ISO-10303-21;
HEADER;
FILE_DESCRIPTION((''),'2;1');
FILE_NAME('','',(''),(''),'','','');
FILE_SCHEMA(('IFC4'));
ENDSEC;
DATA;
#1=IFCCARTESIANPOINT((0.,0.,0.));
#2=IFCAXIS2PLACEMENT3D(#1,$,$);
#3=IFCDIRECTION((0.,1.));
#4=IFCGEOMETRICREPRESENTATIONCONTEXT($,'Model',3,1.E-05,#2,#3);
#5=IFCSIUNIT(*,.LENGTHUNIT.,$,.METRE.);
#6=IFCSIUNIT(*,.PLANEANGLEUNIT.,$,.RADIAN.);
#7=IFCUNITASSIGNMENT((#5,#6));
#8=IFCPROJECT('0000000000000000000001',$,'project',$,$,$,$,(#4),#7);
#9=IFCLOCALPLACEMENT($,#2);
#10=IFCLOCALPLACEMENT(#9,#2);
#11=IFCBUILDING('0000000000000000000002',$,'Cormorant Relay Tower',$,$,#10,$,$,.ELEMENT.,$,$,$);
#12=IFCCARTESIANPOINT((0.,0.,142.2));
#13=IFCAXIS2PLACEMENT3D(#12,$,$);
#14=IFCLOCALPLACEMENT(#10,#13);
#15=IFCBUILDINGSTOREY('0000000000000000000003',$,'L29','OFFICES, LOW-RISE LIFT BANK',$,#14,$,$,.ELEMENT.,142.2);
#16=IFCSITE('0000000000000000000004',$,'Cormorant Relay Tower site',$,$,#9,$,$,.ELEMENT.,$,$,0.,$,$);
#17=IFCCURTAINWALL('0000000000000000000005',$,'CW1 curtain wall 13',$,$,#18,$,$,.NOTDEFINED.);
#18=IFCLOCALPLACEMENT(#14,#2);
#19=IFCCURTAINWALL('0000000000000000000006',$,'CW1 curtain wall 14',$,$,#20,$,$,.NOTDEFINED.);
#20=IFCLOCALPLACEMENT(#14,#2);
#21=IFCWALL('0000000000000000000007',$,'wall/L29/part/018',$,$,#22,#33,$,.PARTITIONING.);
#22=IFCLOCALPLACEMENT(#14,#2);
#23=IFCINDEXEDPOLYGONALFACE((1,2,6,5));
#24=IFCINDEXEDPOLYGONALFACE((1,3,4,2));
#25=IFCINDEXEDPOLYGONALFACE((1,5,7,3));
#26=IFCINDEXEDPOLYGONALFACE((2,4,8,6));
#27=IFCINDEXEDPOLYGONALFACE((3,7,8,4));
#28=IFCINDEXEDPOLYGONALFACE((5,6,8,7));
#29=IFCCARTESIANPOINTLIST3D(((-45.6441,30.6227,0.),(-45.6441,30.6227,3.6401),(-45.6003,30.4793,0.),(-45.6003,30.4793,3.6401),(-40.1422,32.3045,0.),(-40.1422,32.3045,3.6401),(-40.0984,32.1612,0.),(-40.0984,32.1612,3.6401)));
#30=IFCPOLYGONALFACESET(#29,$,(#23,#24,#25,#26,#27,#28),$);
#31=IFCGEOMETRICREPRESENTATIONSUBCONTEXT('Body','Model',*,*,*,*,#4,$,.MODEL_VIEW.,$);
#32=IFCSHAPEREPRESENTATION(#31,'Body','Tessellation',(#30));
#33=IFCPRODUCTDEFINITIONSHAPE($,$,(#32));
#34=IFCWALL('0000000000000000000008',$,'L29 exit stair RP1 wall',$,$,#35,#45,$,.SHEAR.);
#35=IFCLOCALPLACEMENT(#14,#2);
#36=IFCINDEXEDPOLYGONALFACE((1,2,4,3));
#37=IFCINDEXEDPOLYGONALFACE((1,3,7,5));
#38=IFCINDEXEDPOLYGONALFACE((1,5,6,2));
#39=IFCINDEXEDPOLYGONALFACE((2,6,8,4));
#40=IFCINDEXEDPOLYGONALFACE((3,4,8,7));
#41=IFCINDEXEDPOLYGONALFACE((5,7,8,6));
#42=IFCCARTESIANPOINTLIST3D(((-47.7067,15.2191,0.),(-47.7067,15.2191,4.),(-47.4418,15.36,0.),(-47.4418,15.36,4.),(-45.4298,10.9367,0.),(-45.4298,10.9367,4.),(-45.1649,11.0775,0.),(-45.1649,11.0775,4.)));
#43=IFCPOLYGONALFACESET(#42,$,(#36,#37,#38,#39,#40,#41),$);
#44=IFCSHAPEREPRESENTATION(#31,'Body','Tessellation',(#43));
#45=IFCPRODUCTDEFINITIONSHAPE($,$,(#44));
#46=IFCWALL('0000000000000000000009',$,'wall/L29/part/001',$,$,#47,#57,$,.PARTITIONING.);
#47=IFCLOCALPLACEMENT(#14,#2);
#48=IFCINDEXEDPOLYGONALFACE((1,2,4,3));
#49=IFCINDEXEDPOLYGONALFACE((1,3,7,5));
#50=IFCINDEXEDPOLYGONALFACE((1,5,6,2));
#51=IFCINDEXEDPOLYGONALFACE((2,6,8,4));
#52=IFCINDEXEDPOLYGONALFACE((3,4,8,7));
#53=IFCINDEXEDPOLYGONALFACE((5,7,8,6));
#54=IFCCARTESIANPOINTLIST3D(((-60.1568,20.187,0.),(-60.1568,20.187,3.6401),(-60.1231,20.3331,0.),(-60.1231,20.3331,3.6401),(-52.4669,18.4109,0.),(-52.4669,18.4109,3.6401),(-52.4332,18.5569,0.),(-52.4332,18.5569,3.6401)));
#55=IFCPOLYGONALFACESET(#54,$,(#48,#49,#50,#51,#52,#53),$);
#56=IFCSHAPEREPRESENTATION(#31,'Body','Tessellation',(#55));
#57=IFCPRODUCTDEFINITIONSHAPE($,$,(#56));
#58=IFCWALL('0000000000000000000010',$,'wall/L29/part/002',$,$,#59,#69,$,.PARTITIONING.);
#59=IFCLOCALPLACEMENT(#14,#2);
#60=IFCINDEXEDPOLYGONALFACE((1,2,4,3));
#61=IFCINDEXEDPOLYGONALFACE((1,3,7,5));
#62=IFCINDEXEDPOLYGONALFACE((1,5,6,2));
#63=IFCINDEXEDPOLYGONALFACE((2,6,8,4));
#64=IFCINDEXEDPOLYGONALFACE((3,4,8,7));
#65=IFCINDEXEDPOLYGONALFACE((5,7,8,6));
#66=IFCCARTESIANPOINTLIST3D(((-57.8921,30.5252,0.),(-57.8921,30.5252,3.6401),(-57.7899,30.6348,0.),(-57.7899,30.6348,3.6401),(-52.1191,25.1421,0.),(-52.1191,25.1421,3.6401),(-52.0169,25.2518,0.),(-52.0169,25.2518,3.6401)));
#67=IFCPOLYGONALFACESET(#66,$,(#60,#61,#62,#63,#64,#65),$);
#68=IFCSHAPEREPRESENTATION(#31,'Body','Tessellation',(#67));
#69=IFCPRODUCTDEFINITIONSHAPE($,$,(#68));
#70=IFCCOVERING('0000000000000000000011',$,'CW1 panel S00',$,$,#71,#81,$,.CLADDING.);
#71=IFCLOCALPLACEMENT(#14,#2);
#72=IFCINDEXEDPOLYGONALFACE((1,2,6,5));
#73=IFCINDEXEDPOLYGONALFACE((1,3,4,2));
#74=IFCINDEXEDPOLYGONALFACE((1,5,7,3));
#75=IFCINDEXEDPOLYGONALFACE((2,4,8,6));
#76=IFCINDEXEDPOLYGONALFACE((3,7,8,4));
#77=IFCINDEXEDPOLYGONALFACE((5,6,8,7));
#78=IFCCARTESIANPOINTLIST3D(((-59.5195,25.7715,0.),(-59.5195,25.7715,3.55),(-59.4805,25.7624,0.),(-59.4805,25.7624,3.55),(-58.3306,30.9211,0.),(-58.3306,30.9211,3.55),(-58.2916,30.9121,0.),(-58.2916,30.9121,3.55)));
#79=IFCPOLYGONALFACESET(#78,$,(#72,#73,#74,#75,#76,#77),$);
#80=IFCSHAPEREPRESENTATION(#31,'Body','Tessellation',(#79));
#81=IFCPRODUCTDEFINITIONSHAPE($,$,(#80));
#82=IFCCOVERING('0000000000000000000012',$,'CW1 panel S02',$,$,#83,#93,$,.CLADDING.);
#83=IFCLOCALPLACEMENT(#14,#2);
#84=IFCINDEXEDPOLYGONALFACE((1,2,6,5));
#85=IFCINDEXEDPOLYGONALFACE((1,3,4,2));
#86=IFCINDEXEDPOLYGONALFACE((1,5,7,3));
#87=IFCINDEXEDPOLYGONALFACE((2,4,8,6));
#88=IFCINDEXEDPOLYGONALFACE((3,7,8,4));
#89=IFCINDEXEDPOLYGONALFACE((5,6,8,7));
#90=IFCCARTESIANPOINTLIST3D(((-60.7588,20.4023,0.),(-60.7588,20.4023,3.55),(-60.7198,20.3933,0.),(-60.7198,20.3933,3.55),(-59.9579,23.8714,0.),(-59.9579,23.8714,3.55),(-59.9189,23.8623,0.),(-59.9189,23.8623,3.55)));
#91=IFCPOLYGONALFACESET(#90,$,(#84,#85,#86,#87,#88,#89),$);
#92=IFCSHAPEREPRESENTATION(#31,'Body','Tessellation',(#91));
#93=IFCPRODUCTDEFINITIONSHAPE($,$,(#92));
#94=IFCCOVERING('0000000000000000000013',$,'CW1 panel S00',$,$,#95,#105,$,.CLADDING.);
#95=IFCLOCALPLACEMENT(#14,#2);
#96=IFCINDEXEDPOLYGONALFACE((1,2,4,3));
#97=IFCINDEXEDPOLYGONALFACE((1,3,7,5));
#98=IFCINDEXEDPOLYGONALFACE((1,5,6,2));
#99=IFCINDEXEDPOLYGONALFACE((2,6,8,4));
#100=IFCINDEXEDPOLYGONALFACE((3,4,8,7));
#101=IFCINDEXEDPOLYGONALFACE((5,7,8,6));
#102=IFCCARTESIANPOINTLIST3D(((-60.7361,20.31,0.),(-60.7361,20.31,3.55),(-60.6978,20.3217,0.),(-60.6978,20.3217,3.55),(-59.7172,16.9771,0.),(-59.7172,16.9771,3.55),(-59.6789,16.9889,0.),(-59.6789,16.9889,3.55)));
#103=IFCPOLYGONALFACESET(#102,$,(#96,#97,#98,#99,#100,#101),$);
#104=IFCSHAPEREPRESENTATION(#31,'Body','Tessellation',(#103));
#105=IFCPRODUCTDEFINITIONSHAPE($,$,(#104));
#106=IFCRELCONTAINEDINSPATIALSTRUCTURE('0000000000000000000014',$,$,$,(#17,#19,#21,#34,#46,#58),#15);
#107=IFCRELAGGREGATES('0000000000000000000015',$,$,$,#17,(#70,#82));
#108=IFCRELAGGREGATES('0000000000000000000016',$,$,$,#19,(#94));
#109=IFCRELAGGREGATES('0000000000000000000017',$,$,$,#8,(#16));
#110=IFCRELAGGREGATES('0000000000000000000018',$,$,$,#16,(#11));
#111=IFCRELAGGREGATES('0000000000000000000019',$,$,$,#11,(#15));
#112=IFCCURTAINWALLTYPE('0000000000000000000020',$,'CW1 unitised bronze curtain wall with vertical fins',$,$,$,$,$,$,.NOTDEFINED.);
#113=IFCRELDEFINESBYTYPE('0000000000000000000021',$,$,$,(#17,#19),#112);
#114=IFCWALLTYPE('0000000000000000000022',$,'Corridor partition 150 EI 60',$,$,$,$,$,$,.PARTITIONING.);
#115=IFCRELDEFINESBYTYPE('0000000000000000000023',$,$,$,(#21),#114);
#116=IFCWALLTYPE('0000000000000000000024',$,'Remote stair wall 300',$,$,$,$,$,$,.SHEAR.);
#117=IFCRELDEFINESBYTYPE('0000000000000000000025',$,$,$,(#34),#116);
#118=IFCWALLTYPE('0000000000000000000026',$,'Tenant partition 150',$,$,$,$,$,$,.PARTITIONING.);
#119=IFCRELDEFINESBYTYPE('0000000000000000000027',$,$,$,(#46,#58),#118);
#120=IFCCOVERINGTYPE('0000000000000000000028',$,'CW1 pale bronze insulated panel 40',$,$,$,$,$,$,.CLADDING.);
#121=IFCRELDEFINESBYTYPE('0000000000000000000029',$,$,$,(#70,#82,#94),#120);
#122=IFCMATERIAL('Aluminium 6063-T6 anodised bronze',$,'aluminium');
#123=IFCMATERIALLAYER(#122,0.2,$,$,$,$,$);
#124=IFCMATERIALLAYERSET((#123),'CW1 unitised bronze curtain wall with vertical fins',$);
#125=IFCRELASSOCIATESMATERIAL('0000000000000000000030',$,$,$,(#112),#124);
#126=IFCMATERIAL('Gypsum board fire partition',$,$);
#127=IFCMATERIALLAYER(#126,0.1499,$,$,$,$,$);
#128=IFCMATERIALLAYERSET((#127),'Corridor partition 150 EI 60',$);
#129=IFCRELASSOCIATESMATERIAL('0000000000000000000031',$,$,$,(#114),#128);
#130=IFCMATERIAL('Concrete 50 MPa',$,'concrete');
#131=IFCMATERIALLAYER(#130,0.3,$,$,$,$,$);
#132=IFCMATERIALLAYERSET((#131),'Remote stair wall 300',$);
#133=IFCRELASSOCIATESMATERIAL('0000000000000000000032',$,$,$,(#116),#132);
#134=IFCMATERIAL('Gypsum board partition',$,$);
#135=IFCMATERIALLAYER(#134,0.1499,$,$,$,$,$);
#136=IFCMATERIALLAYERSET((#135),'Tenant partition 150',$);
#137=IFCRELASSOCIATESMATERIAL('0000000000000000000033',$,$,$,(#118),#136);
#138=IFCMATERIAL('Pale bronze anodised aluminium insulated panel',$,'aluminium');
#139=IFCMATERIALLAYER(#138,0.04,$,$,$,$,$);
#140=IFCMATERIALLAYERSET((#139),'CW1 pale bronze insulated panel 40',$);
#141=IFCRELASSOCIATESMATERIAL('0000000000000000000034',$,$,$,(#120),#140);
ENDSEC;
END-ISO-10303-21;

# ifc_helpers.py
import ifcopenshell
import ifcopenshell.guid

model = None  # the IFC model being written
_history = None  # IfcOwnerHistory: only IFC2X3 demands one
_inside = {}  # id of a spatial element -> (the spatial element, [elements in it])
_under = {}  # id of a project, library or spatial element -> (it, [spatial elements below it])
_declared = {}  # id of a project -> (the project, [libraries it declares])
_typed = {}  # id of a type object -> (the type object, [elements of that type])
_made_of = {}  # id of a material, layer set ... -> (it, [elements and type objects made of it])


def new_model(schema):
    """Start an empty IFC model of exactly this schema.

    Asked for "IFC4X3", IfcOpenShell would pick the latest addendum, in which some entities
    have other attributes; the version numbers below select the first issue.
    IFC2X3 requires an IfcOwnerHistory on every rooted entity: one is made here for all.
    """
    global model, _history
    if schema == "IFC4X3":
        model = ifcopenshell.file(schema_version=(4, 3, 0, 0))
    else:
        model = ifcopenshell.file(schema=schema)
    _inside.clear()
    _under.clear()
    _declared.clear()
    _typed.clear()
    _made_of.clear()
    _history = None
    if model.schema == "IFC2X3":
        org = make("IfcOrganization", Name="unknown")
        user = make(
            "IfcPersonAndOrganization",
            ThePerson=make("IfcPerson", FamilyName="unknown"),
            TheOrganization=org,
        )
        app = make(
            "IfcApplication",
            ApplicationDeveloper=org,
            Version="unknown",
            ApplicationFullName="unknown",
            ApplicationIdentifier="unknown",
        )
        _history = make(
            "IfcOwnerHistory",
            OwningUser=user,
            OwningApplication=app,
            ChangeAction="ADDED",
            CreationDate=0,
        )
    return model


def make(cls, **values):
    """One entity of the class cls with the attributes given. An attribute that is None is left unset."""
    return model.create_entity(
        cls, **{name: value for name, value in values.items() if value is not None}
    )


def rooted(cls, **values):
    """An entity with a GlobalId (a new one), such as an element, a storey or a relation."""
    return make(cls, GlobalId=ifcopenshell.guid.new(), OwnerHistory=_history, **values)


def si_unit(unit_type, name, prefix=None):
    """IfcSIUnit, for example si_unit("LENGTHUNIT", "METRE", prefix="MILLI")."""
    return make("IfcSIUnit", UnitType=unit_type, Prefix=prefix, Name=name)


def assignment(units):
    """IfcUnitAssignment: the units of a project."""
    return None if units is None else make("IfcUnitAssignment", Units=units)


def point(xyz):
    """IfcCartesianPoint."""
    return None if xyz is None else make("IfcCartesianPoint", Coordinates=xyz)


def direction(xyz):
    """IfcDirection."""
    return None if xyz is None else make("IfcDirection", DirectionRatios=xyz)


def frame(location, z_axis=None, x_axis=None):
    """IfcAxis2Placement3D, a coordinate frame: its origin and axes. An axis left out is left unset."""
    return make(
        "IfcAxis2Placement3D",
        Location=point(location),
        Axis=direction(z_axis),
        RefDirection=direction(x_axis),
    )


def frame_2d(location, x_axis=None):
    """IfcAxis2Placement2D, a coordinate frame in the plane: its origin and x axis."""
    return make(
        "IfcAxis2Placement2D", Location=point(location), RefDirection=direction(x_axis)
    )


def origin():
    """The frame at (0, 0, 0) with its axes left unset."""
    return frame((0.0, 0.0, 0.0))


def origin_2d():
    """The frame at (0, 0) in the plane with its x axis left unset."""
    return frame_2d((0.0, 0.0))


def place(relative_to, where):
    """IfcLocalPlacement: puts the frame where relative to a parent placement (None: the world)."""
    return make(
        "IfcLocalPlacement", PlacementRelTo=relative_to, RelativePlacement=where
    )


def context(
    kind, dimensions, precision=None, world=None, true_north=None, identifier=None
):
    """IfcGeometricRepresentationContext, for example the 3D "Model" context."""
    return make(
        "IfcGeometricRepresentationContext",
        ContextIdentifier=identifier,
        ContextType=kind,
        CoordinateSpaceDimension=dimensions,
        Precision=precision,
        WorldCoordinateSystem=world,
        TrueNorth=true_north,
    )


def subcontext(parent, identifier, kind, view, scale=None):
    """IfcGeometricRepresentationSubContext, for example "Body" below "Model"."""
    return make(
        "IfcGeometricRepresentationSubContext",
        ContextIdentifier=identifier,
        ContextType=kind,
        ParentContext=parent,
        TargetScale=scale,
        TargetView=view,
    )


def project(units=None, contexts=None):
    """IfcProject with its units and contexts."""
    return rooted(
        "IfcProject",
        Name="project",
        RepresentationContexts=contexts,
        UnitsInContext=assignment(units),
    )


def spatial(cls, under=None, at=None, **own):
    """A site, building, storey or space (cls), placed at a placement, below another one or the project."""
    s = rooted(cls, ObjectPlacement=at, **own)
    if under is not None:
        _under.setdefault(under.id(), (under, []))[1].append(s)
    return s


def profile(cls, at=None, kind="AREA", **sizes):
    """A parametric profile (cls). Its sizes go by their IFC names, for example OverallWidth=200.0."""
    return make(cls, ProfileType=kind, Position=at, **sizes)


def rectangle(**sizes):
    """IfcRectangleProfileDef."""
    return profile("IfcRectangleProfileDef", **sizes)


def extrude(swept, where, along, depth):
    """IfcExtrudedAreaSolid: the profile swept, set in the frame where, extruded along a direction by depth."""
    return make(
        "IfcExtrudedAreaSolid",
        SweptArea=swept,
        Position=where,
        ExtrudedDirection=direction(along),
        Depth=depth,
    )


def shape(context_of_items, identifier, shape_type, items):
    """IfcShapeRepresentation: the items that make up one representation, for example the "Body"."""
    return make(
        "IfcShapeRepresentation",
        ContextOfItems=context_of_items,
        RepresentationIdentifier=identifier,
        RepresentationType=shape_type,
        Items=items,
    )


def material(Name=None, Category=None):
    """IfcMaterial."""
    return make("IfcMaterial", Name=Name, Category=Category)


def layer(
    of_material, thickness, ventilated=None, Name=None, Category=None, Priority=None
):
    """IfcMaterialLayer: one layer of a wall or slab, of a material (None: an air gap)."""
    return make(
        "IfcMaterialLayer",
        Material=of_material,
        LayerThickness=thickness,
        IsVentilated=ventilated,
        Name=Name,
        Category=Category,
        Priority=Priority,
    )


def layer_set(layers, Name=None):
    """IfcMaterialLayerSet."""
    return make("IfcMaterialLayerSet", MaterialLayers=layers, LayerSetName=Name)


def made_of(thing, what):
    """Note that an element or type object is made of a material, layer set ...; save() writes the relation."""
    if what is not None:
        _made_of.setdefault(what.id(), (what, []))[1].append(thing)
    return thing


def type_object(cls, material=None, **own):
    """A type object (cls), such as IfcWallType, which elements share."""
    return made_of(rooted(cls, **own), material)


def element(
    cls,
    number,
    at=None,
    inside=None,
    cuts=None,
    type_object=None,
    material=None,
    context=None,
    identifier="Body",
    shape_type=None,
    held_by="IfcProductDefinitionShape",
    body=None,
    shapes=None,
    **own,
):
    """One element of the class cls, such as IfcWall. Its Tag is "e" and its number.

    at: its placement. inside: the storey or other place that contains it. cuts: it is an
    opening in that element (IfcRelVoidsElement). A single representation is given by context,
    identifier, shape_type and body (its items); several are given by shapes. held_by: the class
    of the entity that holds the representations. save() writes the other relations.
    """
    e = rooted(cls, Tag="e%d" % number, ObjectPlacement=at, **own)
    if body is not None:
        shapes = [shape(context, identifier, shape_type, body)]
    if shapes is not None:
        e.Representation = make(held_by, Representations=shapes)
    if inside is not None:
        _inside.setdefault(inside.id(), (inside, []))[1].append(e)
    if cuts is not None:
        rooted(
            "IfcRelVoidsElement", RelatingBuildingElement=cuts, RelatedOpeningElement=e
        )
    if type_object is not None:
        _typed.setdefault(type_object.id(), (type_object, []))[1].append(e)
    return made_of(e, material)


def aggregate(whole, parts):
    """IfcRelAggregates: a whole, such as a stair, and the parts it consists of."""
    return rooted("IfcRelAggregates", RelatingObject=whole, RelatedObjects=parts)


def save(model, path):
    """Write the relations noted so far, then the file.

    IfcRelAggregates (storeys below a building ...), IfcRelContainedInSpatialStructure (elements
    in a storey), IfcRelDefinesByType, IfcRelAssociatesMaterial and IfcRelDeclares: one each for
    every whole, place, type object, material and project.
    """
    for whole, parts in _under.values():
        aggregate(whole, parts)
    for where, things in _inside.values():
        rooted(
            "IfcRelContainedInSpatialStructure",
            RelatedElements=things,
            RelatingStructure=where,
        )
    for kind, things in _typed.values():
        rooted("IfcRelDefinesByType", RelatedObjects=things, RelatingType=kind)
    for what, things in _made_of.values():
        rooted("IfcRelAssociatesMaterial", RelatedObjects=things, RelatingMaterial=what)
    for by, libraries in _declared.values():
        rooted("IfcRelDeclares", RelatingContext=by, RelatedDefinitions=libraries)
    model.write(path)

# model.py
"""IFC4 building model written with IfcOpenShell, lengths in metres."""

from ifc_helpers import new_model, si_unit, direction, frame, frame_2d, origin, origin_2d, place, context, subcontext, project, spatial, rectangle, extrude, material, layer, layer_set, type_object, element, aggregate, save


model = new_model("IFC4")

# Units and contexts
model_context = context("Model", 3, precision=1e-05, world=origin(), true_north=direction((0.0, 1.0)))
body_context = subcontext(model_context, "Body", "Model", "MODEL_VIEW")
ifc_project = project(units=[si_unit("LENGTHUNIT", "METRE"), si_unit("PLANEANGLEUNIT", "RADIAN")], contexts=[model_context])

# Site, building, storey
site_placement = place(None, origin())
site = spatial("IfcSite", under=ifc_project, at=site_placement, Name="Cormorant Relay Tower site", CompositionType="ELEMENT", RefElevation=0.0)
building_placement = place(site_placement, origin())
building = spatial("IfcBuilding", under=site, at=building_placement, Name="Cormorant Relay Tower", CompositionType="ELEMENT")
storey_placement = place(building_placement, frame((0.0, 0.0, 142.2)))
storey = spatial("IfcBuildingStorey", under=building, at=storey_placement, Name="L29", Description="OFFICES, LOW-RISE LIFT BANK", CompositionType="ELEMENT", Elevation=142.2)

# Curtain walls
ifc_material_1 = material(Name="Aluminium 6063-T6 anodised bronze", Category="aluminium")
ifc_layer_1 = layer(ifc_material_1, 0.2)
ifc_layer_set_1 = layer_set([ifc_layer_1], Name="CW1 unitised bronze curtain wall with vertical fins")
curtain_wall_type = type_object("IfcCurtainWallType", Name="CW1 unitised bronze curtain wall with vertical fins", PredefinedType="NOTDEFINED", material=ifc_layer_set_1)
curtain_wall_1_placement = place(storey_placement, origin())
curtain_wall_1 = element("IfcCurtainWall", 1, at=curtain_wall_1_placement, inside=storey, type_object=curtain_wall_type, Name="CW1 curtain wall 13", PredefinedType="NOTDEFINED")
curtain_wall_2_placement = place(storey_placement, origin())
curtain_wall_2 = element("IfcCurtainWall", 2, at=curtain_wall_2_placement, inside=storey, type_object=curtain_wall_type, Name="CW1 curtain wall 14", PredefinedType="NOTDEFINED")

# Shared definitions
ifc_material_2 = material(Name="Gypsum board fire partition")
ifc_layer_2 = layer(ifc_material_2, 0.1499)
ifc_layer_set_2 = layer_set([ifc_layer_2], Name="Corridor partition 150 EI 60")
wall_type_1 = type_object("IfcWallType", Name="Corridor partition 150 EI 60", PredefinedType="PARTITIONING", material=ifc_layer_set_2)

# Walls
wall_1_placement = place(storey_placement, frame((-45.6221, 30.551, 0.0), z_axis=(0.0, 0.0, 1.0), x_axis=(0.956316, 0.292335, 0.0)))
element("IfcWall", 3, at=wall_1_placement, inside=storey, type_object=wall_type_1, Name="wall/L29/part/018", PredefinedType="PARTITIONING", context=body_context, shape_type="SweptSolid", body=[
    extrude(rectangle(XDim=5.7532, YDim=0.1499, at=frame_2d((2.8765, 0.0))), origin(), (0.0, 0.0, 1.0), 3.6401),
])
ifc_material_3 = material(Name="Concrete 50 MPa", Category="concrete")
ifc_layer_3 = layer(ifc_material_3, 0.3)
ifc_layer_set_3 = layer_set([ifc_layer_3], Name="Remote stair wall 300")
wall_type_2 = type_object("IfcWallType", Name="Remote stair wall 300", PredefinedType="SHEAR", material=ifc_layer_set_3)
wall_2_placement = place(storey_placement, frame((-47.5742, 15.2896, 0.0), z_axis=(0.0, 0.0, 1.0), x_axis=(0.469443, -0.882963, 0.0)))
element("IfcWall", 4, at=wall_2_placement, inside=storey, type_object=wall_type_2, Name="L29 exit stair RP1 wall", PredefinedType="SHEAR", context=body_context, shape_type="SweptSolid", body=[
    extrude(rectangle(XDim=4.8501, YDim=0.3, at=frame_2d((2.425, 0.0))), origin(), (0.0, 0.0, 1.0), 4.0),
])
ifc_material_4 = material(Name="Gypsum board partition")
ifc_layer_4 = layer(ifc_material_4, 0.1499)
ifc_layer_set_4 = layer_set([ifc_layer_4], Name="Tenant partition 150")
wall_type_3 = type_object("IfcWallType", Name="Tenant partition 150", PredefinedType="PARTITIONING", material=ifc_layer_set_4)
wall_3_placement = place(storey_placement, frame((-52.45, 18.4839, 0.0), z_axis=(0.0, 0.0, 1.0), x_axis=(-0.974349, 0.225042, 0.0)))
element("IfcWall", 5, at=wall_3_placement, inside=storey, type_object=wall_type_3, Name="wall/L29/part/001", PredefinedType="PARTITIONING", context=body_context, shape_type="SweptSolid", body=[
    extrude(rectangle(XDim=7.8923, YDim=0.1499, at=frame_2d((3.9463, 0.0))), origin(), (0.0, 0.0, 1.0), 3.6401),
])
wall_4_placement = place(storey_placement, frame((-57.8411, 30.5801, 0.0), z_axis=(0.0, 0.0, 1.0), x_axis=(0.731373, -0.681978, 0.0)))
element("IfcWall", 6, at=wall_4_placement, inside=storey, type_object=wall_type_3, Name="wall/L29/part/002", PredefinedType="PARTITIONING", context=body_context, shape_type="SweptSolid", body=[
    extrude(rectangle(XDim=7.8933, YDim=0.1499, at=frame_2d((3.9468, 0.0))), origin(), (0.0, 0.0, 1.0), 3.6401),
])

# Coverings
ifc_material_5 = material(Name="Pale bronze anodised aluminium insulated panel", Category="aluminium")
ifc_layer_5 = layer(ifc_material_5, 0.04)
ifc_layer_set_5 = layer_set([ifc_layer_5], Name="CW1 pale bronze insulated panel 40")
covering_type = type_object("IfcCoveringType", Name="CW1 pale bronze insulated panel 40", PredefinedType="CLADDING", material=ifc_layer_set_5)
covering_1_placement = place(storey_placement, frame((-58.9055, 28.3418, 0.0), z_axis=(0.0, 0.0, 1.0), x_axis=(-0.224951, -0.97437, 0.0)))
covering_1 = element("IfcCovering", 7, at=covering_1_placement, type_object=covering_type, Name="CW1 panel S00", PredefinedType="CLADDING", context=body_context, shape_type="SweptSolid", body=[
    extrude(rectangle(XDim=5.2852, YDim=0.04, at=origin_2d()), origin(), (0.0, 0.0, 1.0), 3.55),
])
covering_2_placement = place(storey_placement, frame((-60.3389, 22.1323, 0.0), z_axis=(0.0, 0.0, 1.0), x_axis=(-0.224951, -0.97437, 0.0)))
covering_2 = element("IfcCovering", 8, at=covering_2_placement, type_object=covering_type, Name="CW1 panel S02", PredefinedType="CLADDING", context=body_context, shape_type="SweptSolid", body=[
    extrude(rectangle(XDim=3.5603, YDim=0.04, at=origin_2d()), origin(), (0.0, 0.0, 1.0), 3.55),
])
aggregate(curtain_wall_1, [covering_1, covering_2])
covering_3_placement = place(storey_placement, frame((-60.2075, 18.6494, 0.0), z_axis=(0.0, 0.0, 1.0), x_axis=(0.292372, -0.956305, 0.0)))
covering_3 = element("IfcCovering", 9, at=covering_3_placement, type_object=covering_type, Name="CW1 panel S00", PredefinedType="CLADDING", context=body_context, shape_type="SweptSolid", body=[
    extrude(rectangle(XDim=3.4851, YDim=0.04, at=origin_2d()), origin(), (0.0, 0.0, 1.0), 3.55),
])
aggregate(curtain_wall_2, [covering_3])

save(model, "model.ifc")
